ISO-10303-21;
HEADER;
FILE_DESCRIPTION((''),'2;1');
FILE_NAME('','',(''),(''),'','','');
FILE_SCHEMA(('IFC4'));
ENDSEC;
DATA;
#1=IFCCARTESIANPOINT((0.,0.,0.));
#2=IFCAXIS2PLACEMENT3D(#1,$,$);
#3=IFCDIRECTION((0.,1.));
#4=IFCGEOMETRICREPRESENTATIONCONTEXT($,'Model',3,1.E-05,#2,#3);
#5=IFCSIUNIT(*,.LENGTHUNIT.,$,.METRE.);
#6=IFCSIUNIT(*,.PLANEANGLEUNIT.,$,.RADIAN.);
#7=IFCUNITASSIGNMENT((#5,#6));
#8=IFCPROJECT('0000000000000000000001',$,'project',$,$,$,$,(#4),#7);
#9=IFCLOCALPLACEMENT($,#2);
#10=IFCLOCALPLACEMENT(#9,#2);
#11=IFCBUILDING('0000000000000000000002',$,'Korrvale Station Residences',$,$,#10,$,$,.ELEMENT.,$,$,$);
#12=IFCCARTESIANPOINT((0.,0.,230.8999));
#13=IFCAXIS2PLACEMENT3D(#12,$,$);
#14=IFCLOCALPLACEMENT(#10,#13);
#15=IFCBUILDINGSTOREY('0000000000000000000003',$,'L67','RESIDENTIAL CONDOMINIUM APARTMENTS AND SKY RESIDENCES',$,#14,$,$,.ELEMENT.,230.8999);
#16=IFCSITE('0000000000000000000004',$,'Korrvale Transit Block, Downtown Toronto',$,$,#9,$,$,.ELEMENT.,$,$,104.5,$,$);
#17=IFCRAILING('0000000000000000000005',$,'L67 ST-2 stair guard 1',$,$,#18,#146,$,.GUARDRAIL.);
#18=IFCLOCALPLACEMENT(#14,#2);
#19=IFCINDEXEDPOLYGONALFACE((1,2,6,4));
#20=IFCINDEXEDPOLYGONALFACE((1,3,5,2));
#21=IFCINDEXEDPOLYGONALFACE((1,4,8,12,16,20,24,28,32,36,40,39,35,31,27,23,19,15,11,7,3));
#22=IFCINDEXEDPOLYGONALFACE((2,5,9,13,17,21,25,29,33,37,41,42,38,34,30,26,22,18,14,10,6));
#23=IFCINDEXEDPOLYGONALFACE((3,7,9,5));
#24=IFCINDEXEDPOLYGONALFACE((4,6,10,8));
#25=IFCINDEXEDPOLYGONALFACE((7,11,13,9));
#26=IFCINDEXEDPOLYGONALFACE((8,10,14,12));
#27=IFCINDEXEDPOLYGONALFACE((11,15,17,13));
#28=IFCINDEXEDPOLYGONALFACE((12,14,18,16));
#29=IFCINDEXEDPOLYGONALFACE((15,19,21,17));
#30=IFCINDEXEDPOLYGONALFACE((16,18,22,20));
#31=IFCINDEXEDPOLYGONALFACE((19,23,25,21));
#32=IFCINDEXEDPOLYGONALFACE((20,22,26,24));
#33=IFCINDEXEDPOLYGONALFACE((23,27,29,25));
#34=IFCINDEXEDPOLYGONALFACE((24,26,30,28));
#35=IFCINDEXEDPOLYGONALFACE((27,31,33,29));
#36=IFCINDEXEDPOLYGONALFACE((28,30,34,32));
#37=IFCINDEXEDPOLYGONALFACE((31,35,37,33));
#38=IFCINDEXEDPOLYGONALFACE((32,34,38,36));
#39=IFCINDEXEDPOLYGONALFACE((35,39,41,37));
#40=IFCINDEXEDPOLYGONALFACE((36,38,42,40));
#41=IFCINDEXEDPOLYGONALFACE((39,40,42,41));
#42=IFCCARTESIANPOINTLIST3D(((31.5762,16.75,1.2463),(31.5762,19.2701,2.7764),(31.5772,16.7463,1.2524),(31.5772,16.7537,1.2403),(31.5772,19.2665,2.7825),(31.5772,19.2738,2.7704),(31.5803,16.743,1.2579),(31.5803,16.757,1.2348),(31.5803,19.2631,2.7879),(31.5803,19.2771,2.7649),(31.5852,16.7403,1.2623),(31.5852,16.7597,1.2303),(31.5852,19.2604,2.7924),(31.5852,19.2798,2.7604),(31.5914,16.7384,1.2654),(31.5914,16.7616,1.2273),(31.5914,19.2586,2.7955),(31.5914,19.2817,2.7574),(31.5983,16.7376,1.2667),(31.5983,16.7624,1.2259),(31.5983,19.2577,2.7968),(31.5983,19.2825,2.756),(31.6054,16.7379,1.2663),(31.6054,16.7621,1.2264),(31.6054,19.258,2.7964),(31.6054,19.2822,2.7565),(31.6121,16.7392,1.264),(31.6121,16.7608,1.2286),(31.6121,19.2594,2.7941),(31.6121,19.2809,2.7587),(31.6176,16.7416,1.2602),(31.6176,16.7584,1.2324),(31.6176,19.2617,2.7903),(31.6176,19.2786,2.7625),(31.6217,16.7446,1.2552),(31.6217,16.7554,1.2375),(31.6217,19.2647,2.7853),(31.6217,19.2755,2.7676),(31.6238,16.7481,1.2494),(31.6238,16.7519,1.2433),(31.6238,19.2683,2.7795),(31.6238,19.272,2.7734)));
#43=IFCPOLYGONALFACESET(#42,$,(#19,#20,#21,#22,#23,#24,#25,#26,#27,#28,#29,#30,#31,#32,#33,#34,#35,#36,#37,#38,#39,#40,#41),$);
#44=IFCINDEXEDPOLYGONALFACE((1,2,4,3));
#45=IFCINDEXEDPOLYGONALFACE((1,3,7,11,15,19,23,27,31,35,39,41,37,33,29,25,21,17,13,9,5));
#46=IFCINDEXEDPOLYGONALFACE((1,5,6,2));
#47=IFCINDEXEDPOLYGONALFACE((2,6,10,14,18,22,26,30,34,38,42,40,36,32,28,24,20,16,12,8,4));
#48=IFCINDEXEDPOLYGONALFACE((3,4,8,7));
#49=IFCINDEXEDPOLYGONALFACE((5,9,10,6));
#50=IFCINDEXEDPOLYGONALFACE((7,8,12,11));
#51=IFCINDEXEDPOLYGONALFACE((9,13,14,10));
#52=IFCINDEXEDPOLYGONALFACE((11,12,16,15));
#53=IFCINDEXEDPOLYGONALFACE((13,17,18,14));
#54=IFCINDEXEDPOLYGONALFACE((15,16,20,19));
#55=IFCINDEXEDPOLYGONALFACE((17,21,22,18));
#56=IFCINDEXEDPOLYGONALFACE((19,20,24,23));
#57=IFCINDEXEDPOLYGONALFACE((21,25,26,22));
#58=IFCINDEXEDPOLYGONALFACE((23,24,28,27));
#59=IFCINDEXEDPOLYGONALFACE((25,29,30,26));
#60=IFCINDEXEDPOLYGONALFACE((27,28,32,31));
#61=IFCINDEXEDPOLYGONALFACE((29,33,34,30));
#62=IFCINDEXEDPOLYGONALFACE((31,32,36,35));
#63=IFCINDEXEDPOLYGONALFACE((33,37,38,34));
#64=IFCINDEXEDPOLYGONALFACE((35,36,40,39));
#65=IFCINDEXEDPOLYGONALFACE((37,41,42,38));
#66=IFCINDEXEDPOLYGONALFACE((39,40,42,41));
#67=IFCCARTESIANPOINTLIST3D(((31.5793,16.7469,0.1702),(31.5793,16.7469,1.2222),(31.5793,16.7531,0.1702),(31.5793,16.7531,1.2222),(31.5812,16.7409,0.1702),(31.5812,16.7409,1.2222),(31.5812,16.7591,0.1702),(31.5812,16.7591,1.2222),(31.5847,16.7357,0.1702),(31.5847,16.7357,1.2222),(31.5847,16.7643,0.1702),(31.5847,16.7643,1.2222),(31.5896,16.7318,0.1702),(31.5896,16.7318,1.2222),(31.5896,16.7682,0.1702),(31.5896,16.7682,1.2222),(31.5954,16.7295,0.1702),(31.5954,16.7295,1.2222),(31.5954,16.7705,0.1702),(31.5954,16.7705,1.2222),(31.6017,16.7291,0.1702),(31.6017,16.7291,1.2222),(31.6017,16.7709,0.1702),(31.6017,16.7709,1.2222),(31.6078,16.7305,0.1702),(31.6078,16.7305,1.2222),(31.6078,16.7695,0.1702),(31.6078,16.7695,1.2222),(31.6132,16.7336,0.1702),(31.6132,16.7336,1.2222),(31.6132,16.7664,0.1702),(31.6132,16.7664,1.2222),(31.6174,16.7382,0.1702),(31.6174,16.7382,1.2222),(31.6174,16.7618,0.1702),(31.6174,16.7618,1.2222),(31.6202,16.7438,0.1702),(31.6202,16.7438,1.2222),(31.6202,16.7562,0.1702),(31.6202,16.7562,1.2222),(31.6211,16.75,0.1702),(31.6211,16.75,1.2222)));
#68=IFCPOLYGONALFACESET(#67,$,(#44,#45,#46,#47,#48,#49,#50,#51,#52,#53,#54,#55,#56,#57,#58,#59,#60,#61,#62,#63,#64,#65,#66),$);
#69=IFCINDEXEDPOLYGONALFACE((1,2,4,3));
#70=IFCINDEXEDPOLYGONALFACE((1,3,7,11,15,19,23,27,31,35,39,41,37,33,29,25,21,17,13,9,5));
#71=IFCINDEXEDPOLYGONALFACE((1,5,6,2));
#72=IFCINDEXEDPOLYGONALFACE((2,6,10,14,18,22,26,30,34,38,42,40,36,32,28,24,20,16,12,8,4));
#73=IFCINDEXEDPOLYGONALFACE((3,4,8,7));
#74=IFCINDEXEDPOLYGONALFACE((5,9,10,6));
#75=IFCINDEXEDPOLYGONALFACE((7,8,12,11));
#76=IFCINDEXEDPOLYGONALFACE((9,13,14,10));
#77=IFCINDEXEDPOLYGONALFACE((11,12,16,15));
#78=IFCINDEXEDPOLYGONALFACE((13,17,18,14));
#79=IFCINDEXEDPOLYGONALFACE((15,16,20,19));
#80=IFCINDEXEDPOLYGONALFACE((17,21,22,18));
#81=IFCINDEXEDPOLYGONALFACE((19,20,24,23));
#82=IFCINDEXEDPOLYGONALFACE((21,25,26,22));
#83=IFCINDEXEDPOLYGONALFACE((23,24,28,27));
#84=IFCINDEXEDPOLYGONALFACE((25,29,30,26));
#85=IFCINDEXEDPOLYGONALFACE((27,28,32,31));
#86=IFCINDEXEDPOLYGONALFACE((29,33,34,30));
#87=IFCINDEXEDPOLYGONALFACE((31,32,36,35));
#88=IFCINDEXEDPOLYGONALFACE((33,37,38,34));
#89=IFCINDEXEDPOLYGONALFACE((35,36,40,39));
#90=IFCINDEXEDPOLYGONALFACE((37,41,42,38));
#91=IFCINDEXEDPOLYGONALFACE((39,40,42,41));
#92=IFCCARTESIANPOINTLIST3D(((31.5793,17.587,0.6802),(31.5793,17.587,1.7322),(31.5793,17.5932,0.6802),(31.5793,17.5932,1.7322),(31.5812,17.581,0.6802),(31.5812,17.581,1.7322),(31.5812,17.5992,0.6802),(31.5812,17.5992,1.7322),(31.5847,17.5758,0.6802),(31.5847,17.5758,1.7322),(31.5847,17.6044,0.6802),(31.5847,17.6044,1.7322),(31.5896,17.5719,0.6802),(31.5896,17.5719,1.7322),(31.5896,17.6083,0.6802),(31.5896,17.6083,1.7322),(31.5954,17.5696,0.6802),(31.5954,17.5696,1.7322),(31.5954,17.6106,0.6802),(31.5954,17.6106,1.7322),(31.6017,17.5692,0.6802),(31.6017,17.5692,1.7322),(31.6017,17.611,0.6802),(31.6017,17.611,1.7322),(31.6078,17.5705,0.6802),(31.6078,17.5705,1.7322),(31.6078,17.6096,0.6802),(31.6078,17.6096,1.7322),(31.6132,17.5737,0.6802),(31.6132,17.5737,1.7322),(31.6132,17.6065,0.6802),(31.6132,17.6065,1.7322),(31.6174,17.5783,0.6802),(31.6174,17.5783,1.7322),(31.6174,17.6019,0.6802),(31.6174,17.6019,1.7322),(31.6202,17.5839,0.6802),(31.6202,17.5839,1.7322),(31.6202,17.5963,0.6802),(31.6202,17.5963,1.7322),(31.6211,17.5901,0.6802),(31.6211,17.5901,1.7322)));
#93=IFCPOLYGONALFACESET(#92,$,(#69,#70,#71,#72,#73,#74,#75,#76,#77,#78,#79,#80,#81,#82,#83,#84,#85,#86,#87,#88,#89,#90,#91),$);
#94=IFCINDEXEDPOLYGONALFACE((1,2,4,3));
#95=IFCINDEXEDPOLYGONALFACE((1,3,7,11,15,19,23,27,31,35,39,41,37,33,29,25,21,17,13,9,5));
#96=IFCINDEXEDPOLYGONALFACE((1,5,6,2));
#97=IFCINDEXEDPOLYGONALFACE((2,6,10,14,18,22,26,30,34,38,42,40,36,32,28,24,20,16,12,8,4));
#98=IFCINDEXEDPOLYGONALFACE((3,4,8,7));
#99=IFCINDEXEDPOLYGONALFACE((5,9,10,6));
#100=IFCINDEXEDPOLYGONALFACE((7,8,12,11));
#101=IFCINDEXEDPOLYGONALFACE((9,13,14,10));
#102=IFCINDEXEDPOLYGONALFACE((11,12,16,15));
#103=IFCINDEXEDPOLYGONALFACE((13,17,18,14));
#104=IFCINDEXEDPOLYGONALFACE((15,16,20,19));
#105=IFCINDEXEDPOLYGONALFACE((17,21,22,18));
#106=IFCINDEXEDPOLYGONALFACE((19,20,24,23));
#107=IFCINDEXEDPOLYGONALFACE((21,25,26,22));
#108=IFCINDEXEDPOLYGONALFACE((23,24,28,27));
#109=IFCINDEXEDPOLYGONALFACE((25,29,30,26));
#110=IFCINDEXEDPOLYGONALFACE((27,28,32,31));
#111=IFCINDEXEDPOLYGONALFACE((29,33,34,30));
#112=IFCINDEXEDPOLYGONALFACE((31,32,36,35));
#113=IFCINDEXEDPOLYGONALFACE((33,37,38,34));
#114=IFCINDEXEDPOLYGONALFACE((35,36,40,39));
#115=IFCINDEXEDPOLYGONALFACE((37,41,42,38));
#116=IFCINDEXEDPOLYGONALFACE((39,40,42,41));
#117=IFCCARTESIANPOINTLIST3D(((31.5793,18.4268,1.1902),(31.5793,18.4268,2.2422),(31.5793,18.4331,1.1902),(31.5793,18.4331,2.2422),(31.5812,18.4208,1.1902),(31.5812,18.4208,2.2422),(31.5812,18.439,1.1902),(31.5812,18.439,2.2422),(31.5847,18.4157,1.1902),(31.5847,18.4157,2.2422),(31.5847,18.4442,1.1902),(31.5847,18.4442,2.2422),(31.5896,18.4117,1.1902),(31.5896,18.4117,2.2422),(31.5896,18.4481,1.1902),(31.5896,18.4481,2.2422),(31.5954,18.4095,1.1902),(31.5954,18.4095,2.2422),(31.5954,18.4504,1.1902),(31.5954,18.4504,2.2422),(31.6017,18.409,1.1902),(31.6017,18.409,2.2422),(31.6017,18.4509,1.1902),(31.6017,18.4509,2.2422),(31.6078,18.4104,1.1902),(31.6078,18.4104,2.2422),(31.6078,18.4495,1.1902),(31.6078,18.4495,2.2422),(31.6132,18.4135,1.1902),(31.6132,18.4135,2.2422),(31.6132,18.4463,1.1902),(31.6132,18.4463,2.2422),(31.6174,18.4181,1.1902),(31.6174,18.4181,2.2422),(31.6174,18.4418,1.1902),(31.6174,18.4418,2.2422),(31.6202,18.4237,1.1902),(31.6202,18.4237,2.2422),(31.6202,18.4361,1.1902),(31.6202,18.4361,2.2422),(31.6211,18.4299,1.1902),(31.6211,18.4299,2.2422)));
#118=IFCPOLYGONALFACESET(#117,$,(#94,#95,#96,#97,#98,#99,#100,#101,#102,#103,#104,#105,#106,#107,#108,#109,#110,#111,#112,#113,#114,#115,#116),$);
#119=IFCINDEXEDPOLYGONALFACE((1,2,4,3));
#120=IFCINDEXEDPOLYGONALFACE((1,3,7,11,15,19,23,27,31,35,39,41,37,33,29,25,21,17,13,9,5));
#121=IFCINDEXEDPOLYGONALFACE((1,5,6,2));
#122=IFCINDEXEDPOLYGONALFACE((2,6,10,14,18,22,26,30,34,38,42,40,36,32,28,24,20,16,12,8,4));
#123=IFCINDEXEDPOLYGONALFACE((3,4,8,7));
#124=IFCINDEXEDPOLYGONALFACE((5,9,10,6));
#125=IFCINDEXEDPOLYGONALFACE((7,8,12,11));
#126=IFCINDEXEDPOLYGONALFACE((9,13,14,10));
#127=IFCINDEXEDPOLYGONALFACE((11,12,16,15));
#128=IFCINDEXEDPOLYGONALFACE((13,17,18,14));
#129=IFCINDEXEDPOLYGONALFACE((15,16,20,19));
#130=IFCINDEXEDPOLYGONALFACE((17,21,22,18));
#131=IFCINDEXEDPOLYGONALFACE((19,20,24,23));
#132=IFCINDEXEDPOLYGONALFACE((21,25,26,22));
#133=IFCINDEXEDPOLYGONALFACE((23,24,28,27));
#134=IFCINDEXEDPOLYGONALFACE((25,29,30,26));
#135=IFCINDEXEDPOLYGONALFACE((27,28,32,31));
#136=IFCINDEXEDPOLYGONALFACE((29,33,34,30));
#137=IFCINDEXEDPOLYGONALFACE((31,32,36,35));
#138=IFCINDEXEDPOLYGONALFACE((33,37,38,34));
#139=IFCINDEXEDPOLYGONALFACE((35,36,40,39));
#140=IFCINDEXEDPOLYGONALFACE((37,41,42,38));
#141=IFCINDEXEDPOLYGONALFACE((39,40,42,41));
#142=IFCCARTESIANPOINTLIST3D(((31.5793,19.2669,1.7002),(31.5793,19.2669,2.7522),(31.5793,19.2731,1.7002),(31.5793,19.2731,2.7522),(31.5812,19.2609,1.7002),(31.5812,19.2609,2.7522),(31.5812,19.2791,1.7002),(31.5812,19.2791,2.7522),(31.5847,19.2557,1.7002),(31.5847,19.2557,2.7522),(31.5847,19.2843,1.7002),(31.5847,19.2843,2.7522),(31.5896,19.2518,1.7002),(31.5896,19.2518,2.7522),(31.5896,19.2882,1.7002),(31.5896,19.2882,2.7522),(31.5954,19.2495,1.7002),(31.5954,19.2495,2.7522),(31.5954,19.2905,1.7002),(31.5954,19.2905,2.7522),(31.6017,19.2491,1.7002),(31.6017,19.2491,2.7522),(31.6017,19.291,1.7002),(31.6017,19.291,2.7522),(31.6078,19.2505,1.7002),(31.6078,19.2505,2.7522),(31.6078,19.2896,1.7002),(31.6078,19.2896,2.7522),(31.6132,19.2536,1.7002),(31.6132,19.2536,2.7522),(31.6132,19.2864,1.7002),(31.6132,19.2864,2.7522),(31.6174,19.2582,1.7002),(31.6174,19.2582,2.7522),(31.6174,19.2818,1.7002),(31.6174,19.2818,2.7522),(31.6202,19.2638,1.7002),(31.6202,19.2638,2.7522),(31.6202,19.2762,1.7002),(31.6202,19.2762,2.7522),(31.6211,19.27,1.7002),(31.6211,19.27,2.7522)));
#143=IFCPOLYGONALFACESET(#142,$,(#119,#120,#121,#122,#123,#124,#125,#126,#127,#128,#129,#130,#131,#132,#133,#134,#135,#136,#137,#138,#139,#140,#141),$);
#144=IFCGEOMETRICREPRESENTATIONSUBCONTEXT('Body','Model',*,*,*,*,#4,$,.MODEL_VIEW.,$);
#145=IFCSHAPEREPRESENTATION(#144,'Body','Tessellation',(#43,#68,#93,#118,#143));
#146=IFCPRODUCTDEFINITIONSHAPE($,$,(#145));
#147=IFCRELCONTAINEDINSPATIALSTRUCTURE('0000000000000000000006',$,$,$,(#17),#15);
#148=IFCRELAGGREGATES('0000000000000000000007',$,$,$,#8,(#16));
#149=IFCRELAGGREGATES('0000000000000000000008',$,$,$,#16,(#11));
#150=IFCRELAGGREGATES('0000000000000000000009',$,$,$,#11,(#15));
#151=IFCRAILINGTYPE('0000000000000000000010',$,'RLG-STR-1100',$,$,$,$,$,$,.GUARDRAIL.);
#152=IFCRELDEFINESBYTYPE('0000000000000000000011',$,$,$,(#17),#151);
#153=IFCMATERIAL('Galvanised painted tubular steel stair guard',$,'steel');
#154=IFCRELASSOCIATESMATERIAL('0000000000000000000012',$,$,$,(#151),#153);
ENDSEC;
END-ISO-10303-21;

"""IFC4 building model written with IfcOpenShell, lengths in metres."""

from ifc_helpers import new_model, si_unit, direction, frame, origin, origin_2d, place, context, subcontext, project, spatial, circle, extrude, material, type_object, element, save


model = new_model("IFC4")

# Units and contexts
model_context = context("Model", 3, precision=1e-05, world=origin(), true_north=direction((0.0, 1.0)))
body_context = subcontext(model_context, "Body", "Model", "MODEL_VIEW")
ifc_project = project(units=[si_unit("LENGTHUNIT", "METRE"), si_unit("PLANEANGLEUNIT", "RADIAN")], contexts=[model_context])

# Site, building, storey
site_placement = place(None, origin())
site = spatial("IfcSite", under=ifc_project, at=site_placement, Name="Korrvale Transit Block, Downtown Toronto", CompositionType="ELEMENT", RefElevation=104.5)
building_placement = place(site_placement, origin())
building = spatial("IfcBuilding", under=site, at=building_placement, Name="Korrvale Station Residences", CompositionType="ELEMENT")
storey_placement = place(building_placement, frame((0.0, 0.0, 230.8999)))
storey = spatial("IfcBuildingStorey", under=building, at=storey_placement, Name="L67", Description="RESIDENTIAL CONDOMINIUM APARTMENTS AND SKY RESIDENCES", CompositionType="ELEMENT", Elevation=230.8999)

# Railing
ifc_material_1 = material(Name="Galvanised painted tubular steel stair guard", Category="steel")
railing_type_1 = type_object("IfcRailingType", Name="RLG-STR-1100", PredefinedType="GUARDRAIL", material=ifc_material_1)
railing_1_placement = place(storey_placement, frame((31.6001, 16.75, 0.1702)))
element("IfcRailing", 1, at=railing_1_placement, inside=storey, type_object=railing_type_1, Name="L67 ST-2 stair guard 1", PredefinedType="GUARDRAIL", context=body_context, shape_type="SweptSolid", body=[
    extrude(circle(Radius=0.0239, at=origin_2d()), frame((0.0, 0.0, 1.0762), z_axis=(0.0, 0.854785, 0.518982), x_axis=(-1.0, 0.0, 0.0)), (0.0, 0.0, 1.0), 2.9482),
    extrude(circle(Radius=0.021, at=origin_2d()), origin(), (0.0, 0.0, 1.0), 1.052),
    extrude(circle(Radius=0.021, at=origin_2d()), frame((0.0, 0.8401, 0.51)), (0.0, 0.0, 1.0), 1.052),
    extrude(circle(Radius=0.021, at=origin_2d()), frame((0.0, 1.6799, 1.02)), (0.0, 0.0, 1.0), 1.052),
    extrude(circle(Radius=0.021, at=origin_2d()), frame((0.0, 2.52, 1.53)), (0.0, 0.0, 1.0), 1.052),
])

save(model, "model.ifc")
